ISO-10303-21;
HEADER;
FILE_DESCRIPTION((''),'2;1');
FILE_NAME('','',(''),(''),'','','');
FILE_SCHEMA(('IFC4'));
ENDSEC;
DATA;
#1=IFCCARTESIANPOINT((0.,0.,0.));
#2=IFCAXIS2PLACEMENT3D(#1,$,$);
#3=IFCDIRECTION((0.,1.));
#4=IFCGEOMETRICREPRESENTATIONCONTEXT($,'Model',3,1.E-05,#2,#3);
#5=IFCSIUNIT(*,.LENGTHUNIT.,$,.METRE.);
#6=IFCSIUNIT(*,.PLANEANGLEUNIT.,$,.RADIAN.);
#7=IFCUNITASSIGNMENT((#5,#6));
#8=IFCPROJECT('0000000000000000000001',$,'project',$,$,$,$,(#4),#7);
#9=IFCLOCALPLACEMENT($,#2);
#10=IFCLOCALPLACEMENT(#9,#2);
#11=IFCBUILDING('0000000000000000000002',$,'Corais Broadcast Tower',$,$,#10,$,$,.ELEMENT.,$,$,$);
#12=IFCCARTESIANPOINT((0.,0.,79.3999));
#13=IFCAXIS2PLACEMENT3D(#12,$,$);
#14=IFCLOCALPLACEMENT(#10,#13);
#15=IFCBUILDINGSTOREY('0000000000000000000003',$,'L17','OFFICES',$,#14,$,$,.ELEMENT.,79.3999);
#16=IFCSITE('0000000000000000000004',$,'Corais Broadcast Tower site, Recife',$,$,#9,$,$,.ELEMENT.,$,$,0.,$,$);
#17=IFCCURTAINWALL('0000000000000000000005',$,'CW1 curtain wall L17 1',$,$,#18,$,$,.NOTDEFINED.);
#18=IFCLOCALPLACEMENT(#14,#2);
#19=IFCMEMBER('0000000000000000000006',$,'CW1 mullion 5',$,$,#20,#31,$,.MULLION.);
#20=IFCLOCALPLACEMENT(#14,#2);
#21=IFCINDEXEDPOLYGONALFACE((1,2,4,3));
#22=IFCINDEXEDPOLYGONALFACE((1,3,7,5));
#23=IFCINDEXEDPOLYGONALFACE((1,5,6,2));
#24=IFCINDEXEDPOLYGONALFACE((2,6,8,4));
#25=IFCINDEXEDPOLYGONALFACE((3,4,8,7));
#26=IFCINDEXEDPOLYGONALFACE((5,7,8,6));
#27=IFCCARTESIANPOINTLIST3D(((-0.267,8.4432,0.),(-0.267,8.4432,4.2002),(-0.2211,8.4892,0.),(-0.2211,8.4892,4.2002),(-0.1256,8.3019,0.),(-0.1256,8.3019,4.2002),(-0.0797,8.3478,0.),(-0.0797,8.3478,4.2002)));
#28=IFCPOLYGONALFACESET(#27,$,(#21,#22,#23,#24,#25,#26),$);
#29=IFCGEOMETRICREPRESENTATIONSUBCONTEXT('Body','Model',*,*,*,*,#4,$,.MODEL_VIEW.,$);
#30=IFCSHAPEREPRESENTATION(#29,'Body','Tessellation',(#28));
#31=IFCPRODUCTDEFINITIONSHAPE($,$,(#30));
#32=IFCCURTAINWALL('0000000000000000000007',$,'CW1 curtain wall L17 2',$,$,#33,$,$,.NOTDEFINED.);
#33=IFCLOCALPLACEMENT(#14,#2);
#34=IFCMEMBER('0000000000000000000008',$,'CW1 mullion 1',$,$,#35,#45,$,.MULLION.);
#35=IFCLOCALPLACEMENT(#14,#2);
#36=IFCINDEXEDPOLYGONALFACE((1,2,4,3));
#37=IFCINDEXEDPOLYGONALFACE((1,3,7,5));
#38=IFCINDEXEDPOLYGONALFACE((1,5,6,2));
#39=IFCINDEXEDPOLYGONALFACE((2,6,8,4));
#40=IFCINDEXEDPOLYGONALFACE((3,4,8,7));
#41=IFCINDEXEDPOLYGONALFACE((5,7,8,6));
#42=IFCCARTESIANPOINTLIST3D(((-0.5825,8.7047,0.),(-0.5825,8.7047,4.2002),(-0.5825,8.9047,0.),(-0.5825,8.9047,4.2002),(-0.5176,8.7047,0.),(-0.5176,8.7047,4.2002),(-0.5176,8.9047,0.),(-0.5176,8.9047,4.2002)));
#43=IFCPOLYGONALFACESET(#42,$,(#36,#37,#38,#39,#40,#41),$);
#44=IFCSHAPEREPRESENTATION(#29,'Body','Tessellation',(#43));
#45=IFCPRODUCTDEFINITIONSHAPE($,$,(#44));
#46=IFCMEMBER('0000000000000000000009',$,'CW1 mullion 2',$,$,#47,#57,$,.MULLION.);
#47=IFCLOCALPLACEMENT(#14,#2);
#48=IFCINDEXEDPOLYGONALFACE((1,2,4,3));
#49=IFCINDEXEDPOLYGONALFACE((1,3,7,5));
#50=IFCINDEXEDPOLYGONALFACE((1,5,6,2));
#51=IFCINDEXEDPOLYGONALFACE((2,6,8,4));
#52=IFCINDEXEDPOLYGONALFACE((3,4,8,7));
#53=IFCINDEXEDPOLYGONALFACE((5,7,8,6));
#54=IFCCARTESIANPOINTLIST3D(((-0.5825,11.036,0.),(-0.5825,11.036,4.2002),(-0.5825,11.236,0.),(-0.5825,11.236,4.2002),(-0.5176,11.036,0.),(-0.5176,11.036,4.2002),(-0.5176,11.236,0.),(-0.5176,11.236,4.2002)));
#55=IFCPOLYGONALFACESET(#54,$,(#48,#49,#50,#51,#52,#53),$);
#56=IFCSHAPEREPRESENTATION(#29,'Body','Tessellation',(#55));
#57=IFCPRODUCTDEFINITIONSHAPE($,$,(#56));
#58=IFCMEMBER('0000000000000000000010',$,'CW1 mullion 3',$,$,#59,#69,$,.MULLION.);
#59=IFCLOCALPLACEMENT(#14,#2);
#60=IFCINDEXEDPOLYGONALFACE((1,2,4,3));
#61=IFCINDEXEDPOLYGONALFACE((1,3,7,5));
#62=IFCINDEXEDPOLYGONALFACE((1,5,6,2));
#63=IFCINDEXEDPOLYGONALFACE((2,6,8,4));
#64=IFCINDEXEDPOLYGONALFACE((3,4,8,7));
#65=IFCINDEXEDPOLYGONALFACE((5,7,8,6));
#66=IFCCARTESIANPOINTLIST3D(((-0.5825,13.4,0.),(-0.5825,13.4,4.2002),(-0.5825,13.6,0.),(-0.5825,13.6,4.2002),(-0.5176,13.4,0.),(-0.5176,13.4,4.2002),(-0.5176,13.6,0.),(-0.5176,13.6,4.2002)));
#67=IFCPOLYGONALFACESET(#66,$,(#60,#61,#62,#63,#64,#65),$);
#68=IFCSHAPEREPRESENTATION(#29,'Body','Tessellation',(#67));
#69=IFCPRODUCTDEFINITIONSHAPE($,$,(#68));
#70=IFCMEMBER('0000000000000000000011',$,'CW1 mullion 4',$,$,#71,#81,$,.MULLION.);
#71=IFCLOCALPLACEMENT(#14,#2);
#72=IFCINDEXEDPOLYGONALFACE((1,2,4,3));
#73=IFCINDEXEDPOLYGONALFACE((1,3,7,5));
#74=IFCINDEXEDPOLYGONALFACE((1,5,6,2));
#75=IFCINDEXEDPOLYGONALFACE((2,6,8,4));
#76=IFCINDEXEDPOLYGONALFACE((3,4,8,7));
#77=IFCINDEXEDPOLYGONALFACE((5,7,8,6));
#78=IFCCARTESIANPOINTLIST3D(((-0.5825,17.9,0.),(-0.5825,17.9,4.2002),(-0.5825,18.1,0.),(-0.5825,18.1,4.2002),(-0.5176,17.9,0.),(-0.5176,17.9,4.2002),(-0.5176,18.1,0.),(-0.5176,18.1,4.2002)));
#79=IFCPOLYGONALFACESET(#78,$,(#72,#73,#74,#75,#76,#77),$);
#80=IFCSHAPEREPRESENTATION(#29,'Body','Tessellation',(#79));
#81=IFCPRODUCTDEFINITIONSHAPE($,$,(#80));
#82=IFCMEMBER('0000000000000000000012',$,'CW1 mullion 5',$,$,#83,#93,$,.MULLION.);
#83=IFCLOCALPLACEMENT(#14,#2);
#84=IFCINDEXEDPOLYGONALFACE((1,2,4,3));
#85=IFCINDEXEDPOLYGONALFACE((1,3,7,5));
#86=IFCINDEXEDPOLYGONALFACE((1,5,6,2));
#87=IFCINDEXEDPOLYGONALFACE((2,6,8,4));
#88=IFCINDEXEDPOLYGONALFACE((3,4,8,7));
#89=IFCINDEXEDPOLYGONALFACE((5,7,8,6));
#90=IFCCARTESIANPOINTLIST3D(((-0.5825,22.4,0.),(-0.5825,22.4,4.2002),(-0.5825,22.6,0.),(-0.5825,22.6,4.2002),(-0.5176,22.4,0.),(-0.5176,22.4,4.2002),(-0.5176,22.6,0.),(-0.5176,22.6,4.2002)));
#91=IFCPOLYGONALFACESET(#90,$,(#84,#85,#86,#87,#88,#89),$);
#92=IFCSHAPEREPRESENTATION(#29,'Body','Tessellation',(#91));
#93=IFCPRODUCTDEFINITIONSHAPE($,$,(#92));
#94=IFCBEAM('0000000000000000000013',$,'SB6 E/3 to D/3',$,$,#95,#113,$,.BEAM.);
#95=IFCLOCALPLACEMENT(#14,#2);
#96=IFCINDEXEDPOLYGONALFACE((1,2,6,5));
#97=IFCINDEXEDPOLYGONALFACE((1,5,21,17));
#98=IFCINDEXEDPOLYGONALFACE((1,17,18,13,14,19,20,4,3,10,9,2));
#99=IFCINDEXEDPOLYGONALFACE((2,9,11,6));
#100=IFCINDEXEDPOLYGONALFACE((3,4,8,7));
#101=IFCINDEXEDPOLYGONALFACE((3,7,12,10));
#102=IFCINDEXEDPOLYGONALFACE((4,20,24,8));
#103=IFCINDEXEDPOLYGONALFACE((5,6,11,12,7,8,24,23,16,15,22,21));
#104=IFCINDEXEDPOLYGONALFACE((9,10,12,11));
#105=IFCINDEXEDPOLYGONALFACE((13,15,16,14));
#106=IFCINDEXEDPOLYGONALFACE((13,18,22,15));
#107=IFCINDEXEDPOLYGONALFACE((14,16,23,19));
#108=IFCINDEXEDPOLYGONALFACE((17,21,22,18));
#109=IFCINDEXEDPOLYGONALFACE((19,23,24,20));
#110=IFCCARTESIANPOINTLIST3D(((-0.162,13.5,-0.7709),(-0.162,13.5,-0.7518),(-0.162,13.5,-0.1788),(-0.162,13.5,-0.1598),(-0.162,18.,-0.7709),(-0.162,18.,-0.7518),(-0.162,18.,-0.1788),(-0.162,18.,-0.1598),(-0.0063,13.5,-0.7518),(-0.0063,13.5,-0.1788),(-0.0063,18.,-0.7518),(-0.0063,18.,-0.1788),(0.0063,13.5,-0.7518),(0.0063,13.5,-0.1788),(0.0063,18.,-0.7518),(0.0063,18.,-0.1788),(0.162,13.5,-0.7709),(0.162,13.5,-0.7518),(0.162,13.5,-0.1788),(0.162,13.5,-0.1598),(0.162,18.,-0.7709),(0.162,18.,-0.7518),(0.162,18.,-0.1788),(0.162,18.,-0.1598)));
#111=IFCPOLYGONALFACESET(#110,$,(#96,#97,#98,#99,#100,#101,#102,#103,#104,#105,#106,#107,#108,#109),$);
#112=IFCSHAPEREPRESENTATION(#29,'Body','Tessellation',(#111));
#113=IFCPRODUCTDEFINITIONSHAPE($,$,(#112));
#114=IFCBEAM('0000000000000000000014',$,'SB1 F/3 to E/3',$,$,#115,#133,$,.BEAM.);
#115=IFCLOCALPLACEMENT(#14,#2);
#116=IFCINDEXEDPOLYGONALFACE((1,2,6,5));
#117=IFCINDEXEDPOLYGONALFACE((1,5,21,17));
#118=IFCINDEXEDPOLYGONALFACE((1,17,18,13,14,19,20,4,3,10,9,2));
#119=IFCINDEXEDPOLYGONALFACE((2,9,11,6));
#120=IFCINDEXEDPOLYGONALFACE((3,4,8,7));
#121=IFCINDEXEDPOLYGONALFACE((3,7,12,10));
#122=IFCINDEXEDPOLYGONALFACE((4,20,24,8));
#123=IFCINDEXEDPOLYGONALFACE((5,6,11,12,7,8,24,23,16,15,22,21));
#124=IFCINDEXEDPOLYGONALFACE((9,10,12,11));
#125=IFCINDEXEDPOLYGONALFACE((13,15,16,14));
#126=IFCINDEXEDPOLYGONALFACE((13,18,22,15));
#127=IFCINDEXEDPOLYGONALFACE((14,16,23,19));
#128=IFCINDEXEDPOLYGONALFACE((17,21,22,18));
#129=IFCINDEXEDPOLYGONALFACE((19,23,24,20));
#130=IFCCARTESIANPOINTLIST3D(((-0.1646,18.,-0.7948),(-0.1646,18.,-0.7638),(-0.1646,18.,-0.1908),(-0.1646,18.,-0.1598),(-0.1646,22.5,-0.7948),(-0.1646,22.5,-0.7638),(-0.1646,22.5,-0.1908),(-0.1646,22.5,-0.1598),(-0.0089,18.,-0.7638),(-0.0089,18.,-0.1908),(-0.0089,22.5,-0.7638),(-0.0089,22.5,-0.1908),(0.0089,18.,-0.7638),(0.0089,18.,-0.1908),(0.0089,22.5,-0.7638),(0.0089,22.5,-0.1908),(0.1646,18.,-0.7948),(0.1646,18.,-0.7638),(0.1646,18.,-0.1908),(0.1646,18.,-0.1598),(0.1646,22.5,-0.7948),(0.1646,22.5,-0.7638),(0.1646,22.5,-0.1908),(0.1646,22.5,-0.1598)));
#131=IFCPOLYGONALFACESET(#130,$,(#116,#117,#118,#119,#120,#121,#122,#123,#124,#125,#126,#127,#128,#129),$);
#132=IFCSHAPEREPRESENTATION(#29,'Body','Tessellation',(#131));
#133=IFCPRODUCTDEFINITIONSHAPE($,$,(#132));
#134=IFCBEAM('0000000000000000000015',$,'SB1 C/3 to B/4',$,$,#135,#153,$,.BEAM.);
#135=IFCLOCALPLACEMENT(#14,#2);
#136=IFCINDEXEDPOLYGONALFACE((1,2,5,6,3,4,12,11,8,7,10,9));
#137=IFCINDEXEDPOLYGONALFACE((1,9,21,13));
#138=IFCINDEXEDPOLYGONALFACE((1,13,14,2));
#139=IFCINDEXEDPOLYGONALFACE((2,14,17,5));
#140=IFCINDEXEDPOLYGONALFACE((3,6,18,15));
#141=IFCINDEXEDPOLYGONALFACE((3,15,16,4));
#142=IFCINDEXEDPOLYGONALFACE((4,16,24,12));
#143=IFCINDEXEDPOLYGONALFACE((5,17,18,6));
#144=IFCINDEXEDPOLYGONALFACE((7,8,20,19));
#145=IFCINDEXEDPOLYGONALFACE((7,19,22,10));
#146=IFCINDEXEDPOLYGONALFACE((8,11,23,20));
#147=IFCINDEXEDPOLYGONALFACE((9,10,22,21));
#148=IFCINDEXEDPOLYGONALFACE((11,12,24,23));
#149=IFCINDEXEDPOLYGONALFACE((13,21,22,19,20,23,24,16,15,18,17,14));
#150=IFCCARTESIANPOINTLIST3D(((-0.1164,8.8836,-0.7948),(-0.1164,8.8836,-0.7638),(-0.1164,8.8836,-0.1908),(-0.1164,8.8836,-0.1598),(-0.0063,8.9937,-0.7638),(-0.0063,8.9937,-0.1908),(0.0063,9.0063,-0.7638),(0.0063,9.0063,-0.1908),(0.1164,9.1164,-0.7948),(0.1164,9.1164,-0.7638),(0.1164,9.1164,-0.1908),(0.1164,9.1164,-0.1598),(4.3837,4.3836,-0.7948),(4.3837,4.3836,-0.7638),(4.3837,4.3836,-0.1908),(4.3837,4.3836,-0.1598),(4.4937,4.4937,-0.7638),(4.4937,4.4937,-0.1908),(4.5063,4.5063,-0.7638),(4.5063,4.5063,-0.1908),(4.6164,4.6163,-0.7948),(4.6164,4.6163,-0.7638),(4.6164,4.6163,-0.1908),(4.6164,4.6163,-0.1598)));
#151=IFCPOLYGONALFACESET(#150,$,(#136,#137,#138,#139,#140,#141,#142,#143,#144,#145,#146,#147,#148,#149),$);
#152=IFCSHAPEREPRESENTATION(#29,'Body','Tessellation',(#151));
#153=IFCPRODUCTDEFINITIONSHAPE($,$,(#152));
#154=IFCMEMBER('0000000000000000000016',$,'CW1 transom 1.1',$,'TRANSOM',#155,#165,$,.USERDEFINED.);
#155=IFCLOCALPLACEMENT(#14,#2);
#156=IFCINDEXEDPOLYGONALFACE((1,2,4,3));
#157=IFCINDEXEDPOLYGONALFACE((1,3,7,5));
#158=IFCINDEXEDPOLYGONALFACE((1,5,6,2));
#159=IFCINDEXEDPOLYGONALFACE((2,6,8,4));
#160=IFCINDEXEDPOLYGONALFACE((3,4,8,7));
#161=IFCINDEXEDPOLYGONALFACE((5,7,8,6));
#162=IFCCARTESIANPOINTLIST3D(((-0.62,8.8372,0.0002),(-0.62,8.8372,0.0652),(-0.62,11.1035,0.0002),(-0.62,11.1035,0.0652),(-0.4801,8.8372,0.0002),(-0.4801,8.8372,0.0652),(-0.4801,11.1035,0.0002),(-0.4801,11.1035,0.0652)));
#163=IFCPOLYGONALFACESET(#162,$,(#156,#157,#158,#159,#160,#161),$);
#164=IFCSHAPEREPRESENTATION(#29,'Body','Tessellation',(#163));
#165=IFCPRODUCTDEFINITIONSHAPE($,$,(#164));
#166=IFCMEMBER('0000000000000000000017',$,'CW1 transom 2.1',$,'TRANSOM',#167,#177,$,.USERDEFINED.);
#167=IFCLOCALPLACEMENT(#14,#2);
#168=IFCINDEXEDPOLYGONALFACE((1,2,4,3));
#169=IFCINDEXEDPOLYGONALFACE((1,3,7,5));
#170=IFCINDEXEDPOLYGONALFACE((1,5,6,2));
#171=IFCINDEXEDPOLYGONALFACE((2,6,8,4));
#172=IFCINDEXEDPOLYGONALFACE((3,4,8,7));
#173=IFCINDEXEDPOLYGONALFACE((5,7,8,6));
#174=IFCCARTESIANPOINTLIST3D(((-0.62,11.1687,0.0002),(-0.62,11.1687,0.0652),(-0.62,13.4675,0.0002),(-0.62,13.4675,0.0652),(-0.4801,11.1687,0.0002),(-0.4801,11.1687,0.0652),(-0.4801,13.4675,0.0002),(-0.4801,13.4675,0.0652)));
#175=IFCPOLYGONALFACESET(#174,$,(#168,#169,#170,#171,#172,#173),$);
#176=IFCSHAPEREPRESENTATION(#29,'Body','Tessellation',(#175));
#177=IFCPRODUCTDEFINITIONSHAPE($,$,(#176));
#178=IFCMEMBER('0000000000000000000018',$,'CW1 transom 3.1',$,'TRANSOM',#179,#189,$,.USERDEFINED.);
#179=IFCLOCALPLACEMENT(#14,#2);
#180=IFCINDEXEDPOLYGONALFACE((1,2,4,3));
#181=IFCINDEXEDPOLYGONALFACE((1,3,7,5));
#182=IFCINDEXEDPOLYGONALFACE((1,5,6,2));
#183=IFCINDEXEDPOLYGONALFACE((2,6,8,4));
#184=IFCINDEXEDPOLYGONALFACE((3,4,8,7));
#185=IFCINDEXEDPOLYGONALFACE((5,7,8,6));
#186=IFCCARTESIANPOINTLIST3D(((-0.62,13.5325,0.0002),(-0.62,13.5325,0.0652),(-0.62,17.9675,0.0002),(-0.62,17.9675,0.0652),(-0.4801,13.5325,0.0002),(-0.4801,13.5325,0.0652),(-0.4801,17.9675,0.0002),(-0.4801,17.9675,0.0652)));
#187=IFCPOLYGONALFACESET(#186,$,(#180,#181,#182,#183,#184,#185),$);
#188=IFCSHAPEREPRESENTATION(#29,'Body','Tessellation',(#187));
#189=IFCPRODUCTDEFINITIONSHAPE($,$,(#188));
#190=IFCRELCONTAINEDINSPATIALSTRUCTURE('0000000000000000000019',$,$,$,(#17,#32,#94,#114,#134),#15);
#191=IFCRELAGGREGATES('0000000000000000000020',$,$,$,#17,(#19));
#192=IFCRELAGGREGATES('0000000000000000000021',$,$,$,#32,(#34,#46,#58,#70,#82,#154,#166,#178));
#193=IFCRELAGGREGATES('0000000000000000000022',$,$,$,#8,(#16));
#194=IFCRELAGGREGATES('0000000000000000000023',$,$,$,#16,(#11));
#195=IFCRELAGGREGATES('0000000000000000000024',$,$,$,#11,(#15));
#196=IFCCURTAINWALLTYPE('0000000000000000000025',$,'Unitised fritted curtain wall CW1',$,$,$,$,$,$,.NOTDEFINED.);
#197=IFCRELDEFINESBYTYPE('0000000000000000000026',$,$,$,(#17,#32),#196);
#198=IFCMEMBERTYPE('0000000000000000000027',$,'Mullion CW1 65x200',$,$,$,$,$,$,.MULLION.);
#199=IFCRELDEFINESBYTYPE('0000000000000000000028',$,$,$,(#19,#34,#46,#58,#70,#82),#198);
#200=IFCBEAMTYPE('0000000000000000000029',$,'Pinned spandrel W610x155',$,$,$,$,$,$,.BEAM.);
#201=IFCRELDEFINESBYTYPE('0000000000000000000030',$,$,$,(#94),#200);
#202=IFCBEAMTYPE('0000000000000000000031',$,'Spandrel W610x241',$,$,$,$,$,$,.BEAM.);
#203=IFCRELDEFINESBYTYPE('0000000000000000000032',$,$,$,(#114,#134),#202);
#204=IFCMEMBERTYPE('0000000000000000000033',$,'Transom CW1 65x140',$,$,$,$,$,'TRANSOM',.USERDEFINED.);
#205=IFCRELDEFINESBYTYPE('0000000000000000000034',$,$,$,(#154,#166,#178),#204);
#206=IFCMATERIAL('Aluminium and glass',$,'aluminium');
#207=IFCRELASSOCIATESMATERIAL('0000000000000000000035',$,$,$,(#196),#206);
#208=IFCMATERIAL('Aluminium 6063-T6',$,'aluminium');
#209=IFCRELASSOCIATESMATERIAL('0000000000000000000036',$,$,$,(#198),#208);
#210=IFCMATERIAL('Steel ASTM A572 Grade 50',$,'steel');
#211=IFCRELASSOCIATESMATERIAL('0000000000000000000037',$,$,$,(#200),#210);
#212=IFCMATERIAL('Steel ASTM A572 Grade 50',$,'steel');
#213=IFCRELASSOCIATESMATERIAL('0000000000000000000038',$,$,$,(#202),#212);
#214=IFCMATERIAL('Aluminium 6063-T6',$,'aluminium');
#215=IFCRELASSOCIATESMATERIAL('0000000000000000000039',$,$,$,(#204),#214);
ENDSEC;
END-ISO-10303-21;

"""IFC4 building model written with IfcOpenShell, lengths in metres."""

from ifc_helpers import new_model, si_unit, direction, frame, origin, origin_2d, place, context, subcontext, project, spatial, rectangle, i_section, extrude, material, material_profile, profile_set, type_object, element, aggregate, save


model = new_model("IFC4")

# Units and contexts
model_context = context("Model", 3, precision=1e-05, world=origin(), true_north=direction((0.0, 1.0)))
body_context = subcontext(model_context, "Body", "Model", "MODEL_VIEW")
ifc_project = project(units=[si_unit("LENGTHUNIT", "METRE"), si_unit("PLANEANGLEUNIT", "RADIAN")], contexts=[model_context])

# Site, building, storey
site_placement = place(None, origin())
site = spatial("IfcSite", under=ifc_project, at=site_placement, Name="Corais Broadcast Tower site, Recife", CompositionType="ELEMENT", RefElevation=0.0)
building_placement = place(site_placement, origin())
building = spatial("IfcBuilding", under=site, at=building_placement, Name="Corais Broadcast Tower", CompositionType="ELEMENT")
storey_placement = place(building_placement, frame((0.0, 0.0, 79.3999)))
storey = spatial("IfcBuildingStorey", under=building, at=storey_placement, Name="L17", Description="OFFICES", CompositionType="ELEMENT", Elevation=79.3999)

# Curtain wall, member
ifc_material_1 = material(Name="Aluminium and glass", Category="aluminium")
curtain_wall_type = type_object("IfcCurtainWallType", Name="Unitised fritted curtain wall CW1", PredefinedType="NOTDEFINED", material=ifc_material_1)
curtain_wall_1_placement = place(storey_placement, origin())
curtain_wall_1 = element("IfcCurtainWall", 1, at=curtain_wall_1_placement, inside=storey, type_object=curtain_wall_type, Name="CW1 curtain wall L17 1", PredefinedType="NOTDEFINED")
ifc_material_2 = material(Name="Aluminium 6063-T6", Category="aluminium")
ifc_material_profile_1 = material_profile(ifc_material_2, rectangle(XDim=0.0649, YDim=0.2, at=origin_2d()), Name="Mullion CW1 65x200")
ifc_profile_set_1 = profile_set([ifc_material_profile_1], Name="Aluminium 6063-T6")
member_type_1 = type_object("IfcMemberType", Name="Mullion CW1 65x200", PredefinedType="MULLION", material=ifc_profile_set_1)
member_1_placement = place(storey_placement, frame((-0.1733, 8.3955, 0.0), z_axis=(0.0, 0.0, 1.0), x_axis=(-0.707107, -0.707107, 0.0)))
member_1 = element("IfcMember", 2, at=member_1_placement, type_object=member_type_1, Name="CW1 mullion 5", PredefinedType="MULLION", context=body_context, shape_type="SweptSolid", body=[
    extrude(rectangle(XDim=0.0649, YDim=0.2, at=origin_2d()), origin(), (0.0, 0.0, 1.0), 4.2002),
])
aggregate(curtain_wall_1, [member_1])

# Curtain wall, members
curtain_wall_2_placement = place(storey_placement, origin())
curtain_wall_2 = element("IfcCurtainWall", 3, at=curtain_wall_2_placement, inside=storey, type_object=curtain_wall_type, Name="CW1 curtain wall L17 2", PredefinedType="NOTDEFINED")
member_2_placement = place(storey_placement, frame((-0.55, 8.8047, 0.0), z_axis=(0.0, 0.0, 1.0), x_axis=(-1.0, 0.0, 0.0)))
member_2 = element("IfcMember", 4, at=member_2_placement, type_object=member_type_1, Name="CW1 mullion 1", PredefinedType="MULLION", context=body_context, shape_type="SweptSolid", body=[
    extrude(rectangle(XDim=0.0649, YDim=0.2, at=origin_2d()), origin(), (0.0, 0.0, 1.0), 4.2002),
])
member_3_placement = place(storey_placement, frame((-0.55, 11.136, 0.0), z_axis=(0.0, 0.0, 1.0), x_axis=(-1.0, 0.0, 0.0)))
member_3 = element("IfcMember", 5, at=member_3_placement, type_object=member_type_1, Name="CW1 mullion 2", PredefinedType="MULLION", context=body_context, shape_type="SweptSolid", body=[
    extrude(rectangle(XDim=0.0649, YDim=0.2, at=origin_2d()), origin(), (0.0, 0.0, 1.0), 4.2002),
])
member_4_placement = place(storey_placement, frame((-0.55, 13.5, 0.0), z_axis=(0.0, 0.0, 1.0), x_axis=(-1.0, 0.0, 0.0)))
member_4 = element("IfcMember", 6, at=member_4_placement, type_object=member_type_1, Name="CW1 mullion 3", PredefinedType="MULLION", context=body_context, shape_type="SweptSolid", body=[
    extrude(rectangle(XDim=0.0649, YDim=0.2, at=origin_2d()), origin(), (0.0, 0.0, 1.0), 4.2002),
])
member_5_placement = place(storey_placement, frame((-0.55, 18.0, 0.0), z_axis=(0.0, 0.0, 1.0), x_axis=(-1.0, 0.0, 0.0)))
member_5 = element("IfcMember", 7, at=member_5_placement, type_object=member_type_1, Name="CW1 mullion 4", PredefinedType="MULLION", context=body_context, shape_type="SweptSolid", body=[
    extrude(rectangle(XDim=0.0649, YDim=0.2, at=origin_2d()), origin(), (0.0, 0.0, 1.0), 4.2002),
])
member_6_placement = place(storey_placement, frame((-0.55, 22.5, 0.0), z_axis=(0.0, 0.0, 1.0), x_axis=(-1.0, 0.0, 0.0)))
member_6 = element("IfcMember", 8, at=member_6_placement, type_object=member_type_1, Name="CW1 mullion 5", PredefinedType="MULLION", context=body_context, shape_type="SweptSolid", body=[
    extrude(rectangle(XDim=0.0649, YDim=0.2, at=origin_2d()), origin(), (0.0, 0.0, 1.0), 4.2002),
])

# Beams
ifc_material_3 = material(Name="Steel ASTM A572 Grade 50", Category="steel")
ifc_material_profile_2 = material_profile(ifc_material_3, i_section(OverallWidth=0.324, OverallDepth=0.6111, WebThickness=0.0127, FlangeThickness=0.019, at=origin_2d()), Name="W610x155")
ifc_profile_set_2 = profile_set([ifc_material_profile_2], Name="Steel ASTM A572 Grade 50")
beam_type_1 = type_object("IfcBeamType", Name="Pinned spandrel W610x155", PredefinedType="BEAM", material=ifc_profile_set_2)
beam_1_placement = place(storey_placement, frame((0.0, 18.0, -0.4653), z_axis=(0.0, -1.0, 0.0), x_axis=(1.0, 0.0, 0.0)))
element("IfcBeam", 9, at=beam_1_placement, inside=storey, type_object=beam_type_1, Name="SB6 E/3 to D/3", PredefinedType="BEAM", context=body_context, shape_type="SweptSolid", body=[
    extrude(i_section(OverallWidth=0.324, OverallDepth=0.6111, WebThickness=0.0127, FlangeThickness=0.019, at=origin_2d()), origin(), (0.0, 0.0, 1.0), 4.5),
])
ifc_material_4 = material(Name="Steel ASTM A572 Grade 50", Category="steel")
ifc_material_profile_3 = material_profile(ifc_material_4, i_section(OverallWidth=0.3291, OverallDepth=0.635, WebThickness=0.0178, FlangeThickness=0.031, at=origin_2d()), Name="W610x241")
ifc_profile_set_3 = profile_set([ifc_material_profile_3], Name="Steel ASTM A572 Grade 50")
beam_type_2 = type_object("IfcBeamType", Name="Spandrel W610x241", PredefinedType="BEAM", material=ifc_profile_set_3)
beam_2_placement = place(storey_placement, frame((0.0, 22.5, -0.4773), z_axis=(0.0, -1.0, 0.0), x_axis=(1.0, 0.0, 0.0)))
element("IfcBeam", 10, at=beam_2_placement, inside=storey, type_object=beam_type_2, Name="SB1 F/3 to E/3", PredefinedType="BEAM", context=body_context, shape_type="SweptSolid", body=[
    extrude(i_section(OverallWidth=0.3291, OverallDepth=0.635, WebThickness=0.0178, FlangeThickness=0.031, at=origin_2d()), origin(), (0.0, 0.0, 1.0), 4.5),
])
beam_3_placement = place(storey_placement, frame((0.0, 9.0, -0.4773), z_axis=(0.707107, -0.707107, 0.0), x_axis=(0.707107, 0.707107, 0.0)))
element("IfcBeam", 11, at=beam_3_placement, inside=storey, type_object=beam_type_2, Name="SB1 C/3 to B/4", PredefinedType="BEAM", context=body_context, shape_type="SweptSolid", body=[
    extrude(i_section(OverallWidth=0.3291, OverallDepth=0.635, WebThickness=0.0178, FlangeThickness=0.031, at=origin_2d()), origin(), (0.0, 0.0, 1.0), 6.364),
])

# Members
ifc_material_5 = material(Name="Aluminium 6063-T6", Category="aluminium")
ifc_material_profile_4 = material_profile(ifc_material_5, rectangle(XDim=0.1399, YDim=0.0649, at=origin_2d()), Name="Transom CW1 65x140")
ifc_profile_set_4 = profile_set([ifc_material_profile_4], Name="Aluminium 6063-T6")
member_type_2 = type_object("IfcMemberType", Name="Transom CW1 65x140", ElementType="TRANSOM", PredefinedType="USERDEFINED", material=ifc_profile_set_4)
member_7_placement = place(storey_placement, frame((-0.55, 8.8372, 0.0327), z_axis=(0.0, 1.0, 0.0), x_axis=(-1.0, 0.0, 0.0)))
member_7 = element("IfcMember", 12, at=member_7_placement, type_object=member_type_2, Name="CW1 transom 1.1", ObjectType="TRANSOM", PredefinedType="USERDEFINED", context=body_context, shape_type="SweptSolid", body=[
    extrude(rectangle(XDim=0.1399, YDim=0.0649, at=origin_2d()), origin(), (0.0, 0.0, 1.0), 2.2664),
])
member_8_placement = place(storey_placement, frame((-0.55, 11.1687, 0.0327), z_axis=(0.0, 1.0, 0.0), x_axis=(-1.0, 0.0, 0.0)))
member_8 = element("IfcMember", 13, at=member_8_placement, type_object=member_type_2, Name="CW1 transom 2.1", ObjectType="TRANSOM", PredefinedType="USERDEFINED", context=body_context, shape_type="SweptSolid", body=[
    extrude(rectangle(XDim=0.1399, YDim=0.0649, at=origin_2d()), origin(), (0.0, 0.0, 1.0), 2.2988),
])
member_9_placement = place(storey_placement, frame((-0.55, 13.5325, 0.0327), z_axis=(0.0, 1.0, 0.0), x_axis=(-1.0, 0.0, 0.0)))
member_9 = element("IfcMember", 14, at=member_9_placement, type_object=member_type_2, Name="CW1 transom 3.1", ObjectType="TRANSOM", PredefinedType="USERDEFINED", context=body_context, shape_type="SweptSolid", body=[
    extrude(rectangle(XDim=0.1399, YDim=0.0649, at=origin_2d()), origin(), (0.0, 0.0, 1.0), 4.4351),
])

aggregate(curtain_wall_2, [member_2, member_3, member_4, member_5, member_6, member_7, member_8, member_9])

save(model, "model.ifc")
